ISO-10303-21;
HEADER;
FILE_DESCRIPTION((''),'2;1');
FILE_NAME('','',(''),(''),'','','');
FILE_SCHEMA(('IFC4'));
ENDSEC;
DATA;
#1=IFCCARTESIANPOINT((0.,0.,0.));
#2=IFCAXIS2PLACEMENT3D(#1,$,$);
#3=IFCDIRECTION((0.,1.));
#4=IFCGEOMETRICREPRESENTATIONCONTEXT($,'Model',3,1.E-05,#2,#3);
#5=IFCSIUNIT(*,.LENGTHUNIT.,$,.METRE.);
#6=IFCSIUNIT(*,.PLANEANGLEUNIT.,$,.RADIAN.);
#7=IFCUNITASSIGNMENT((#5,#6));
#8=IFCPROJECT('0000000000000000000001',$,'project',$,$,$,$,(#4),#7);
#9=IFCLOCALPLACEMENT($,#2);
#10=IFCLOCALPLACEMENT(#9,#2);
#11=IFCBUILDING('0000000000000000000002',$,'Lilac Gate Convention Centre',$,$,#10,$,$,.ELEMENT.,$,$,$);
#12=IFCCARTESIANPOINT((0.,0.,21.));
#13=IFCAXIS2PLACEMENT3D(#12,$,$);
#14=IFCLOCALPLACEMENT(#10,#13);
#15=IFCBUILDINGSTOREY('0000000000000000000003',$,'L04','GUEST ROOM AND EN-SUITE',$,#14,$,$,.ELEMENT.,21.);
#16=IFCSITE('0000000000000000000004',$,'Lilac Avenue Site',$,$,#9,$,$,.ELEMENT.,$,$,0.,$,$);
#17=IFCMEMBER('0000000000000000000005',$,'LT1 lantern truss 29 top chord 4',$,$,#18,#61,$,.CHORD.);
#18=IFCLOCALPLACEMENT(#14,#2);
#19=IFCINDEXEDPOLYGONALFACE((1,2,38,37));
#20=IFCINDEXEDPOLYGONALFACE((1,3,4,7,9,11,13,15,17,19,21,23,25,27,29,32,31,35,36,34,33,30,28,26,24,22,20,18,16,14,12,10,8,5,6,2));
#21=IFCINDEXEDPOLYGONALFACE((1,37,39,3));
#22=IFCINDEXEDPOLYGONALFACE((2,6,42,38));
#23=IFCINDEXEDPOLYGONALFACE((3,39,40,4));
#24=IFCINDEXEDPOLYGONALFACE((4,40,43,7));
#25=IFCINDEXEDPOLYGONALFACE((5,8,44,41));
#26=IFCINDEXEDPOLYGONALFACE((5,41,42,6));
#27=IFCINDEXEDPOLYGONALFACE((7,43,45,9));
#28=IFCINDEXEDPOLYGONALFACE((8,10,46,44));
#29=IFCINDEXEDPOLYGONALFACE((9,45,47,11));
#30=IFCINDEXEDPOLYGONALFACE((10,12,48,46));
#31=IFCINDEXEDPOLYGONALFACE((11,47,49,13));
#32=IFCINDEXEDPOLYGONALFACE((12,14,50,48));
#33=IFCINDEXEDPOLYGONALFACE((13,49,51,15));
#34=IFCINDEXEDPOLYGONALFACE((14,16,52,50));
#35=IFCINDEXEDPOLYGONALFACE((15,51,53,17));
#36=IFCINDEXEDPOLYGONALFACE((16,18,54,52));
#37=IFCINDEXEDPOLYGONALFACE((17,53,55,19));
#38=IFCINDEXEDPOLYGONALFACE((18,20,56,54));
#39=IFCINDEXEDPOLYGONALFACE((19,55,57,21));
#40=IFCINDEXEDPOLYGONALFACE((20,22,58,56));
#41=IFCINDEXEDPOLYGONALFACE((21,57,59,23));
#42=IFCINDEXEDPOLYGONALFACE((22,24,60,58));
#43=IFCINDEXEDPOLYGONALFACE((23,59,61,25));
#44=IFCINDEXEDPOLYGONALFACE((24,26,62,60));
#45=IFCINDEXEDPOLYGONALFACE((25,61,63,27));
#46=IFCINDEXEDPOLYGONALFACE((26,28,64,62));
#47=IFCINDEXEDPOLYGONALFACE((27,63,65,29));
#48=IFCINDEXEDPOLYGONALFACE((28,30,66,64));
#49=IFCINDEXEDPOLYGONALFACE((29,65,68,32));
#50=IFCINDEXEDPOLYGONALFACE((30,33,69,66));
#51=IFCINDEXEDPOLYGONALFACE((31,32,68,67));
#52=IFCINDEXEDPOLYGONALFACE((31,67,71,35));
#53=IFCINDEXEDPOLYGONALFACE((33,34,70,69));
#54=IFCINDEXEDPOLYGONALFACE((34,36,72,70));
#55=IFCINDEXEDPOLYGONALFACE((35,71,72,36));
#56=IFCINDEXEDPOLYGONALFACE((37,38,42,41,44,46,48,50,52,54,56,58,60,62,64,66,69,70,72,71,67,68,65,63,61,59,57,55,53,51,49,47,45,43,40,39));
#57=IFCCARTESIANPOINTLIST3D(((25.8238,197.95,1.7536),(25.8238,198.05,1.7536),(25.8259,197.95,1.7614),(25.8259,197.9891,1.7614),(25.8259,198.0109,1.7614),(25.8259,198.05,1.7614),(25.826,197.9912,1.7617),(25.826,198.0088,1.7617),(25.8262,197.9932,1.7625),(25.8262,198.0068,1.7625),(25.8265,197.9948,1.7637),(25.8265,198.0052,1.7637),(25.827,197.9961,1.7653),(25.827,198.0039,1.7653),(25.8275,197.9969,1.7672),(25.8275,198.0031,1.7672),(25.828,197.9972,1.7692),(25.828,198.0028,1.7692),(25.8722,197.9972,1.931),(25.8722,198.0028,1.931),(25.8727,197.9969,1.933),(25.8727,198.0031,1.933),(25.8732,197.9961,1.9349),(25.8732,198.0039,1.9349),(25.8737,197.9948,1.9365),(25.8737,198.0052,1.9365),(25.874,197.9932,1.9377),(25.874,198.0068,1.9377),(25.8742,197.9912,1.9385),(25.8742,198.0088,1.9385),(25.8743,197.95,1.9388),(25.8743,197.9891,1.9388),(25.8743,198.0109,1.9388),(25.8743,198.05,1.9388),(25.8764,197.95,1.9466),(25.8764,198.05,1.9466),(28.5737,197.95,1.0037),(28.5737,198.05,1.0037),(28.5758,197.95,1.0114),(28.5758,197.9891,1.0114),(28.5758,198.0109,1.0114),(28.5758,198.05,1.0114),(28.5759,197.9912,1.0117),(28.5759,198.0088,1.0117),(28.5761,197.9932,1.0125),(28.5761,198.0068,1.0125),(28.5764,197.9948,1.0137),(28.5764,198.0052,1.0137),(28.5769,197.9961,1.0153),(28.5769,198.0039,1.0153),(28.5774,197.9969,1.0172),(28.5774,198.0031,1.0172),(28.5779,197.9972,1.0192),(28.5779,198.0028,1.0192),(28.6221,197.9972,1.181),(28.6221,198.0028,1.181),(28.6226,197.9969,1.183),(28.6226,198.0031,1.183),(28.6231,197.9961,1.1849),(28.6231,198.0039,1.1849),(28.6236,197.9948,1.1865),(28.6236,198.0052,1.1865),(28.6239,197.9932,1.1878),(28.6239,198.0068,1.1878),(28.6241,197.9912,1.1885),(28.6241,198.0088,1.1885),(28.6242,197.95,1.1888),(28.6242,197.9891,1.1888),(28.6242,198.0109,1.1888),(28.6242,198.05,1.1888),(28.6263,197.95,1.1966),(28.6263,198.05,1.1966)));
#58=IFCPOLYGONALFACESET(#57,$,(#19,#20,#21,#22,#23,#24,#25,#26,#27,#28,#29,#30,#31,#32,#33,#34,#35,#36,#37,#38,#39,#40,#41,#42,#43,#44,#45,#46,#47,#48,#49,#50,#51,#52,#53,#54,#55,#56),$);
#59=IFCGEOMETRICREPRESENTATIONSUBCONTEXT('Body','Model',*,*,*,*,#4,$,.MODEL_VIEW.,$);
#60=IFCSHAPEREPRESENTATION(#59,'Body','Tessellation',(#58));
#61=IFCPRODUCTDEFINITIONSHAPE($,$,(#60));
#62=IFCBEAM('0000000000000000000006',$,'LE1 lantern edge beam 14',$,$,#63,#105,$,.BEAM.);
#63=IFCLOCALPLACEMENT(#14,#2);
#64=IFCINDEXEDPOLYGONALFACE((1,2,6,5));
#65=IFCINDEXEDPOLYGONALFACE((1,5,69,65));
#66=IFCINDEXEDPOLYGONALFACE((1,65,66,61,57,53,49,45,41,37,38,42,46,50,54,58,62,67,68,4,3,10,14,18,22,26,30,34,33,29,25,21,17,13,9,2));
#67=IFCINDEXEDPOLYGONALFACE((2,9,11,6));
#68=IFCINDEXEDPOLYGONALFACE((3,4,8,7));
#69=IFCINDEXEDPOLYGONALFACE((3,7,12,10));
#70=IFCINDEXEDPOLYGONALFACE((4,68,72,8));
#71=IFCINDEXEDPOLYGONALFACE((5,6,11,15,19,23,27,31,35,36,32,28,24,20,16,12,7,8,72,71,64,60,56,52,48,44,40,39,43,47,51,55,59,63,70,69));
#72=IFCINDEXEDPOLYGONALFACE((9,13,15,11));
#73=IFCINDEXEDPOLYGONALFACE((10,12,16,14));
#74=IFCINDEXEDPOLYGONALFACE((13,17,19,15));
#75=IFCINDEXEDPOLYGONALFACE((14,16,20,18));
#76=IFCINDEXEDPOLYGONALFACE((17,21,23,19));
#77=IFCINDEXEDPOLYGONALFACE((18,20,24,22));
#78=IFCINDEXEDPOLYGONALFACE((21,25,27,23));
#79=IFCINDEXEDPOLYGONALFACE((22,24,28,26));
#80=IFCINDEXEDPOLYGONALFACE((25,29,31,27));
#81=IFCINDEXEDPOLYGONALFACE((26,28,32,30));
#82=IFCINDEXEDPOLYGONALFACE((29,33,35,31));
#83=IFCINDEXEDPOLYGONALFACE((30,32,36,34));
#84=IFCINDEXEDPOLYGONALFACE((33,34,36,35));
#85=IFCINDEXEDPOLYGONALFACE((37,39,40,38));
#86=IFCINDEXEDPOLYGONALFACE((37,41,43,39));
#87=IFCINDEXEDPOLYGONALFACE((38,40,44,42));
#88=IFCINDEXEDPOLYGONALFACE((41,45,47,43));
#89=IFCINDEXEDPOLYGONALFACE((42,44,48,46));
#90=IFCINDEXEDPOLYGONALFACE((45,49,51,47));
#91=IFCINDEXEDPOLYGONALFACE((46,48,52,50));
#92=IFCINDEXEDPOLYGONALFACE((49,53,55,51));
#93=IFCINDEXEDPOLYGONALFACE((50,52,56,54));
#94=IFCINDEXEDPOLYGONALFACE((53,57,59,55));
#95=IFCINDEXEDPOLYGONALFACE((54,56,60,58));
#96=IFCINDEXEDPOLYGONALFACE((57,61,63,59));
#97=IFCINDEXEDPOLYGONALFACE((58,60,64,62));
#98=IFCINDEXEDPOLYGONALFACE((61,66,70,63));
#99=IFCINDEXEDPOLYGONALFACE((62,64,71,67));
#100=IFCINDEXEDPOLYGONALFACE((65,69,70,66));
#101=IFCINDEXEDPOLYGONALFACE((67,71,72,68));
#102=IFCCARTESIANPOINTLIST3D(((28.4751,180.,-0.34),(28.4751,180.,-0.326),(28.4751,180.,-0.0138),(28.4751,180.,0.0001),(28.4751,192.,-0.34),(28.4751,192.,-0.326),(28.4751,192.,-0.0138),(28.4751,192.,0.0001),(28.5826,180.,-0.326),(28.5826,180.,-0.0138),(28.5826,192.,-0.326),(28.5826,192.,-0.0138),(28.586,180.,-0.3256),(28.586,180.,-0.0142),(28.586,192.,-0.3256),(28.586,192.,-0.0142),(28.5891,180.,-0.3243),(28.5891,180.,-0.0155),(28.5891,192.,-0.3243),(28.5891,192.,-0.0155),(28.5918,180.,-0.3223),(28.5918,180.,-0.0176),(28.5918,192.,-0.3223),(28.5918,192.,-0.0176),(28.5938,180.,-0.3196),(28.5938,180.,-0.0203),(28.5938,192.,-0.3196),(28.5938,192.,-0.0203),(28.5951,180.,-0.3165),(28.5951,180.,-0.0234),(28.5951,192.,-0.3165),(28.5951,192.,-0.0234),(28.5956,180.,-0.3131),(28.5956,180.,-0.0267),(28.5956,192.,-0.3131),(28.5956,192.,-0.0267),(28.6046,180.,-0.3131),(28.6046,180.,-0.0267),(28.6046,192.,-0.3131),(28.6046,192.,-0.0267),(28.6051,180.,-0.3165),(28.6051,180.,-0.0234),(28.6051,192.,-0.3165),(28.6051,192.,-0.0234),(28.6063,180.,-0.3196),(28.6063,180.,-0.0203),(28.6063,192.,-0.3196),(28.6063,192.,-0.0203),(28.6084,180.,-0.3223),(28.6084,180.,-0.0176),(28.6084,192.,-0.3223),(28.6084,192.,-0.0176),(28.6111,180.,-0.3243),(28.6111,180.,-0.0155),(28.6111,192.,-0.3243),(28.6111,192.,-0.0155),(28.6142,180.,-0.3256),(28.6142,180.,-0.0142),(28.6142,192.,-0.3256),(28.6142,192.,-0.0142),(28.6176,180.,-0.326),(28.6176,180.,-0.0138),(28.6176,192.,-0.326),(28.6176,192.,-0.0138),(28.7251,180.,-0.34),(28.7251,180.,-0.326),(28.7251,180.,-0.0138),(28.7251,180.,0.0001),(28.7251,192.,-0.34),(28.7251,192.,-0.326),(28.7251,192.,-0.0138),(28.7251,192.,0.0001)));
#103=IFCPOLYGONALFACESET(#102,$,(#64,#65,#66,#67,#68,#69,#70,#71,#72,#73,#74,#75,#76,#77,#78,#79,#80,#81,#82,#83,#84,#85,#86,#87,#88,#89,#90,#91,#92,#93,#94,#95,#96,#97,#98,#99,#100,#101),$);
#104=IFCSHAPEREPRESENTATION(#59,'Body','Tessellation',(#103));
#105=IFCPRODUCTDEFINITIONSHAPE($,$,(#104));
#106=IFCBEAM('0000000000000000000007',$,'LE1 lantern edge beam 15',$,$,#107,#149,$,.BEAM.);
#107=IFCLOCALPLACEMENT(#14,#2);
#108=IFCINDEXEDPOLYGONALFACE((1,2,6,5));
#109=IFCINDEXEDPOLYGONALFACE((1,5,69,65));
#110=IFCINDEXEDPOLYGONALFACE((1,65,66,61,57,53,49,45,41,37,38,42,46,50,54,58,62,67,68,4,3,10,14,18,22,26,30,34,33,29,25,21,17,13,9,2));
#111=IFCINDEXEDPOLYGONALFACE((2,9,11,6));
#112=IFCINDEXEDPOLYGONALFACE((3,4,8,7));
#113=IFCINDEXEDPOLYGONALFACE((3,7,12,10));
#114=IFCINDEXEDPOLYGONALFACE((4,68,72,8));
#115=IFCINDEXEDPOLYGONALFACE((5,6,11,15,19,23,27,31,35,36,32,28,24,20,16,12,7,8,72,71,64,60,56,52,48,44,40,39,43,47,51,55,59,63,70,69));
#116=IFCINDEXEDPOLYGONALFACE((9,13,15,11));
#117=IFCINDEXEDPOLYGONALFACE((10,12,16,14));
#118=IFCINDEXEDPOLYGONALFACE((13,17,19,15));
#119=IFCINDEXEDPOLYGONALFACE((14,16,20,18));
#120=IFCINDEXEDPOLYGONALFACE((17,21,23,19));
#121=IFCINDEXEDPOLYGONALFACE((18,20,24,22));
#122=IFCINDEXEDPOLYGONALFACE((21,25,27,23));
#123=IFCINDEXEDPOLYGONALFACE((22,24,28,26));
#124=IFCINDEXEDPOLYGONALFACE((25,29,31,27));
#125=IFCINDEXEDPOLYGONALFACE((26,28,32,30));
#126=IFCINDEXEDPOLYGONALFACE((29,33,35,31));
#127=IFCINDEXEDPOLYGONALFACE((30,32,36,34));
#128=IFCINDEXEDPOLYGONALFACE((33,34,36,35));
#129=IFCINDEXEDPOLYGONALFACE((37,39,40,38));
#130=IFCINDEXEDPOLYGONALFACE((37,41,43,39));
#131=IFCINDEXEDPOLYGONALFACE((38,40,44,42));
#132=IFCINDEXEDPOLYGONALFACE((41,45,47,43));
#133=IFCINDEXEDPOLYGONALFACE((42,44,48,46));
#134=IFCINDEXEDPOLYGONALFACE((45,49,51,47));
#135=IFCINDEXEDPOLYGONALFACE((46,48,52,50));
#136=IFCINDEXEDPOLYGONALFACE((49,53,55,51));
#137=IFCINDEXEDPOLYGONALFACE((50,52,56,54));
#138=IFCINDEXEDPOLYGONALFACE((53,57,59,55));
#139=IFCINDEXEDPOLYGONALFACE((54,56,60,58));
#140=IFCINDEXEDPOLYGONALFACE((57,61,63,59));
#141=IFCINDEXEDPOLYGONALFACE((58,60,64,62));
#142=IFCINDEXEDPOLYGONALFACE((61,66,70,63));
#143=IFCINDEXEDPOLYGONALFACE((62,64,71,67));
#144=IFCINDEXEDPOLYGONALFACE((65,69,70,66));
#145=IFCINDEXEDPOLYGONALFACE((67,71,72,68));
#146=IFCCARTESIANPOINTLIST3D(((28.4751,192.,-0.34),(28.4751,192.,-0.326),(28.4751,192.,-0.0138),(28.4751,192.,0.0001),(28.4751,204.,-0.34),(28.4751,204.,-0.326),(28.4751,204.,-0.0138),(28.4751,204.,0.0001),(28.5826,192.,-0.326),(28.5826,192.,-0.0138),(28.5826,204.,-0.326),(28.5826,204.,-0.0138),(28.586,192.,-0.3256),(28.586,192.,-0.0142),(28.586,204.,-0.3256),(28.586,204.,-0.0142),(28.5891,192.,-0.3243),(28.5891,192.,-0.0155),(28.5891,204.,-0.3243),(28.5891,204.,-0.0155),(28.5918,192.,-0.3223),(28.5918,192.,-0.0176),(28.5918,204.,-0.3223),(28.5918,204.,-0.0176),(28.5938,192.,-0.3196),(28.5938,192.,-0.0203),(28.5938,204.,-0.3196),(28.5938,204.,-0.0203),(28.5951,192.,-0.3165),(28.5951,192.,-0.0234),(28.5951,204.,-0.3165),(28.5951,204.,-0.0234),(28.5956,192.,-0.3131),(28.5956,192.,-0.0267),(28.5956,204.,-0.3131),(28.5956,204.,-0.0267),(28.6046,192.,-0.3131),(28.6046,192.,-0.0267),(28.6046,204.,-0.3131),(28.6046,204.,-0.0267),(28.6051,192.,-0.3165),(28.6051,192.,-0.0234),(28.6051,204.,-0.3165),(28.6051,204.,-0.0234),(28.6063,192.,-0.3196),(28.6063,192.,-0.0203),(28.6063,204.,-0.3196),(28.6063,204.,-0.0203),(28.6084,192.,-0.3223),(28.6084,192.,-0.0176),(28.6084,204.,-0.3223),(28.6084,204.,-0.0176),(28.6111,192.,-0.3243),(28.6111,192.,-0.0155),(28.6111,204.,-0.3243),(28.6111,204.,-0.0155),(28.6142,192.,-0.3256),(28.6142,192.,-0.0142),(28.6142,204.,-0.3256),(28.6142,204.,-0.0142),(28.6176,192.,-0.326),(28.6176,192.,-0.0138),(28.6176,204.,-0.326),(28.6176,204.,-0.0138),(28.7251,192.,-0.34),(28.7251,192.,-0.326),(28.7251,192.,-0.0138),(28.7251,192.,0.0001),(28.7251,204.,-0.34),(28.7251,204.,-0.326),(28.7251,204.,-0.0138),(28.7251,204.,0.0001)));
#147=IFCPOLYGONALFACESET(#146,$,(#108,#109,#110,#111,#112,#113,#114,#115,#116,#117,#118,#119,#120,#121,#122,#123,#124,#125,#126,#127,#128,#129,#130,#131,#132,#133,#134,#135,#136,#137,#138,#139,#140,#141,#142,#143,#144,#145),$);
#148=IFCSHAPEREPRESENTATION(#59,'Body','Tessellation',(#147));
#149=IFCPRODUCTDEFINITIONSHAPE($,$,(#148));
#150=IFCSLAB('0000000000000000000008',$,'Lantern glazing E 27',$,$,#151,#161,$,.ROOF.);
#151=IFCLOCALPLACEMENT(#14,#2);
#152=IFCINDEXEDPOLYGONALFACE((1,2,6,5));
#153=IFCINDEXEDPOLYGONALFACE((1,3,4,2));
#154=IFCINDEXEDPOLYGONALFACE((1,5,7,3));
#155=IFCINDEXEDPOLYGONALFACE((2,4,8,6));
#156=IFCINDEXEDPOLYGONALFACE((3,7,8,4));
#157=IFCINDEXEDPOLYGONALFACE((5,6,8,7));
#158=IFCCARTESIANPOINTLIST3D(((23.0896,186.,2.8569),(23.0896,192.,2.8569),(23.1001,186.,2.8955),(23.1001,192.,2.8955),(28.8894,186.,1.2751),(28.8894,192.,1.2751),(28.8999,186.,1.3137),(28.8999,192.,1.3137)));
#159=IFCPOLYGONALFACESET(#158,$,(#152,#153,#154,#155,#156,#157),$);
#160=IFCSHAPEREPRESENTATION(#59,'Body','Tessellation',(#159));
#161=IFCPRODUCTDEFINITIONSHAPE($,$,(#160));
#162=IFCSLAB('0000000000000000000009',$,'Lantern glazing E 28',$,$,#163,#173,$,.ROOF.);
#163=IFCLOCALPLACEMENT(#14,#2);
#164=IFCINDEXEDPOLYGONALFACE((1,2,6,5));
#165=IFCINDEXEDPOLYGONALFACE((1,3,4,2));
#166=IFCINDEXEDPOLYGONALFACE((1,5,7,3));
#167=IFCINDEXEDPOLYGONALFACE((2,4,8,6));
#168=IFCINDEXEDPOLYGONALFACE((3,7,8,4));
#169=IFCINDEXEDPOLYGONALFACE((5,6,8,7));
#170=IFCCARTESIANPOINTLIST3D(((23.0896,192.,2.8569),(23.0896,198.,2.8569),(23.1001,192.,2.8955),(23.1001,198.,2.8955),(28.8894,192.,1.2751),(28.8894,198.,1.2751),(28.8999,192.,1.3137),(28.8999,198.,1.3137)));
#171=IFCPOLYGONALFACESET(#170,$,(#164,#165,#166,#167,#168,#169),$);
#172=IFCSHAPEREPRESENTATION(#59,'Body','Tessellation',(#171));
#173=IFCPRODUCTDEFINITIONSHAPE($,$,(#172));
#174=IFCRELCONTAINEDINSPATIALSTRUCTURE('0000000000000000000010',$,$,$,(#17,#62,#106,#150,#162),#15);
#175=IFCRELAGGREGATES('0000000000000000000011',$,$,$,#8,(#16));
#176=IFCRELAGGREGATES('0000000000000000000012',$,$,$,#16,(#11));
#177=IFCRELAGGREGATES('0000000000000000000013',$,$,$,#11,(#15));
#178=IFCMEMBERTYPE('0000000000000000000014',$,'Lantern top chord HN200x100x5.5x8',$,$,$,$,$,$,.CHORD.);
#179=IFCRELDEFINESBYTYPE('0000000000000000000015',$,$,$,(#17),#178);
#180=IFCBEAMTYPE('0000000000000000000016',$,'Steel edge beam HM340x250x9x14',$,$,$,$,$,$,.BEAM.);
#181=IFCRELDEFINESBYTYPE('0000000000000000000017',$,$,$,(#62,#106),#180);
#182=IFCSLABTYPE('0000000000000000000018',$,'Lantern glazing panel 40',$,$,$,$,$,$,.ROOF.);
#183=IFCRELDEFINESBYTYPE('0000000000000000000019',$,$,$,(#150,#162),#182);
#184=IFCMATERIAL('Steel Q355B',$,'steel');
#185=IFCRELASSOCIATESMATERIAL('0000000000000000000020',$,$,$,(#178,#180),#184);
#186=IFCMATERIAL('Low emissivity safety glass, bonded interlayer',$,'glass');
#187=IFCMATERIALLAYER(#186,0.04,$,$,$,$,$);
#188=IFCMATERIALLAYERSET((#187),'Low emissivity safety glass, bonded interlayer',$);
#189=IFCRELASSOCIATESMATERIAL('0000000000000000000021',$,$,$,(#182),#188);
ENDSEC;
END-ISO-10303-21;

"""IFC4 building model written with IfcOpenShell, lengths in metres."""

from ifc_helpers import new_model, si_unit, direction, frame, origin, origin_2d, place, context, subcontext, project, spatial, polyline, i_section, outline, extrude, material, layer, layer_set, material_profile, profile_set, type_object, element, save


model = new_model("IFC4")

# Units and contexts
model_context = context("Model", 3, precision=1e-05, world=origin(), true_north=direction((0.0, 1.0)))
body_context = subcontext(model_context, "Body", "Model", "MODEL_VIEW")
ifc_project = project(units=[si_unit("LENGTHUNIT", "METRE"), si_unit("PLANEANGLEUNIT", "RADIAN")], contexts=[model_context])

# Site, building, storey
site_placement = place(None, origin())
site = spatial("IfcSite", under=ifc_project, at=site_placement, Name="Lilac Avenue Site", CompositionType="ELEMENT", RefElevation=0.0)
building_placement = place(site_placement, origin())
building = spatial("IfcBuilding", under=site, at=building_placement, Name="Lilac Gate Convention Centre", CompositionType="ELEMENT")
storey_placement = place(building_placement, frame((0.0, 0.0, 21.0)))
storey = spatial("IfcBuildingStorey", under=building, at=storey_placement, Name="L04", Description="GUEST ROOM AND EN-SUITE", CompositionType="ELEMENT", Elevation=21.0)

# Member
ifc_material_1 = material(Name="Steel Q355B", Category="steel")
ifc_material_profile_1 = material_profile(ifc_material_1, i_section(OverallWidth=0.1001, OverallDepth=0.2, WebThickness=0.0056, FlangeThickness=0.0081, FilletRadius=0.0081, at=origin_2d()), Name="HN200x100x5.5x8")
ifc_profile_set_1 = profile_set([ifc_material_profile_1], Name="Steel Q355B")
member_type_1 = type_object("IfcMemberType", Name="Lantern top chord HN200x100x5.5x8", PredefinedType="CHORD", material=ifc_profile_set_1)
for number, where, z_axis, x_axis, name in (
    (1, (25.8501, 198.0, 1.8501), (0.964764, 0.0, -0.263117), (0.0, 1.0, 0.0), "LT1 lantern truss 29 top chord 4"),
):
    element("IfcMember", number, at=place(storey_placement, frame(where, z_axis=z_axis, x_axis=x_axis)), inside=storey, type_object=member_type_1, Name=name, PredefinedType="CHORD", context=body_context, shape_type="SweptSolid", body=[
        extrude(i_section(OverallWidth=0.1001, OverallDepth=0.2, WebThickness=0.0056, FlangeThickness=0.0081, FilletRadius=0.0081, at=origin_2d()), origin(), (0.0, 0.0, 1.0), 2.8503),
    ])

# Beams
ifc_material_profile_2 = material_profile(ifc_material_1, i_section(OverallWidth=0.25, OverallDepth=0.3401, WebThickness=0.009, FlangeThickness=0.0139, FilletRadius=0.0129, at=origin_2d()), Name="HM340x250x9x14")
ifc_profile_set_2 = profile_set([ifc_material_profile_2], Name="Steel Q355B")
beam_type = type_object("IfcBeamType", Name="Steel edge beam HM340x250x9x14", PredefinedType="BEAM", material=ifc_profile_set_2)
for number, where, z_axis, x_axis, name in (
    (2, (28.6001, 180.0, -0.1699), (0.0, 1.0, 0.0), (-1.0, 0.0, 0.0), "LE1 lantern edge beam 14"),
    (3, (28.6001, 192.0, -0.1699), (0.0, 1.0, 0.0), (-1.0, 0.0, 0.0), "LE1 lantern edge beam 15"),
):
    element("IfcBeam", number, at=place(storey_placement, frame(where, z_axis=z_axis, x_axis=x_axis)), inside=storey, type_object=beam_type, Name=name, PredefinedType="BEAM", context=body_context, shape_type="SweptSolid", body=[
        extrude(i_section(OverallWidth=0.25, OverallDepth=0.3401, WebThickness=0.009, FlangeThickness=0.0139, FilletRadius=0.0129, at=origin_2d()), origin(), (0.0, 0.0, 1.0), 12.0),
    ])

# Slabs
ifc_material_2 = material(Name="Low emissivity safety glass, bonded interlayer", Category="glass")
ifc_layer = layer(ifc_material_2, 0.04)
ifc_layer_set = layer_set([ifc_layer], Name="Low emissivity safety glass, bonded interlayer")
slab_type = type_object("IfcSlabType", Name="Lantern glazing panel 40", PredefinedType="ROOF", material=ifc_layer_set)
for number, where, z_axis, x_axis, name in (
    (4, (23.1001, 186.0, 2.8955), (0.263121, 0.0, 0.964763), (0.964763, 0.0, -0.263121), "Lantern glazing E 27"),
    (5, (23.1001, 192.0, 2.8955), (0.263121, 0.0, 0.964763), (0.964763, 0.0, -0.263121), "Lantern glazing E 28"),
):
    element("IfcSlab", number, at=place(storey_placement, frame(where, z_axis=z_axis, x_axis=x_axis)), inside=storey, type_object=slab_type, Name=name, PredefinedType="ROOF", context=body_context, shape_type="SweptSolid", body=[
        extrude(outline(polyline([(0.0, 0.0), (6.0116, 0.0), (6.0116, 6.0), (0.0, 6.0), (0.0, 0.0)])), origin(), (0.0, 0.0, -1.0), 0.04),
    ])

save(model, "model.ifc")
